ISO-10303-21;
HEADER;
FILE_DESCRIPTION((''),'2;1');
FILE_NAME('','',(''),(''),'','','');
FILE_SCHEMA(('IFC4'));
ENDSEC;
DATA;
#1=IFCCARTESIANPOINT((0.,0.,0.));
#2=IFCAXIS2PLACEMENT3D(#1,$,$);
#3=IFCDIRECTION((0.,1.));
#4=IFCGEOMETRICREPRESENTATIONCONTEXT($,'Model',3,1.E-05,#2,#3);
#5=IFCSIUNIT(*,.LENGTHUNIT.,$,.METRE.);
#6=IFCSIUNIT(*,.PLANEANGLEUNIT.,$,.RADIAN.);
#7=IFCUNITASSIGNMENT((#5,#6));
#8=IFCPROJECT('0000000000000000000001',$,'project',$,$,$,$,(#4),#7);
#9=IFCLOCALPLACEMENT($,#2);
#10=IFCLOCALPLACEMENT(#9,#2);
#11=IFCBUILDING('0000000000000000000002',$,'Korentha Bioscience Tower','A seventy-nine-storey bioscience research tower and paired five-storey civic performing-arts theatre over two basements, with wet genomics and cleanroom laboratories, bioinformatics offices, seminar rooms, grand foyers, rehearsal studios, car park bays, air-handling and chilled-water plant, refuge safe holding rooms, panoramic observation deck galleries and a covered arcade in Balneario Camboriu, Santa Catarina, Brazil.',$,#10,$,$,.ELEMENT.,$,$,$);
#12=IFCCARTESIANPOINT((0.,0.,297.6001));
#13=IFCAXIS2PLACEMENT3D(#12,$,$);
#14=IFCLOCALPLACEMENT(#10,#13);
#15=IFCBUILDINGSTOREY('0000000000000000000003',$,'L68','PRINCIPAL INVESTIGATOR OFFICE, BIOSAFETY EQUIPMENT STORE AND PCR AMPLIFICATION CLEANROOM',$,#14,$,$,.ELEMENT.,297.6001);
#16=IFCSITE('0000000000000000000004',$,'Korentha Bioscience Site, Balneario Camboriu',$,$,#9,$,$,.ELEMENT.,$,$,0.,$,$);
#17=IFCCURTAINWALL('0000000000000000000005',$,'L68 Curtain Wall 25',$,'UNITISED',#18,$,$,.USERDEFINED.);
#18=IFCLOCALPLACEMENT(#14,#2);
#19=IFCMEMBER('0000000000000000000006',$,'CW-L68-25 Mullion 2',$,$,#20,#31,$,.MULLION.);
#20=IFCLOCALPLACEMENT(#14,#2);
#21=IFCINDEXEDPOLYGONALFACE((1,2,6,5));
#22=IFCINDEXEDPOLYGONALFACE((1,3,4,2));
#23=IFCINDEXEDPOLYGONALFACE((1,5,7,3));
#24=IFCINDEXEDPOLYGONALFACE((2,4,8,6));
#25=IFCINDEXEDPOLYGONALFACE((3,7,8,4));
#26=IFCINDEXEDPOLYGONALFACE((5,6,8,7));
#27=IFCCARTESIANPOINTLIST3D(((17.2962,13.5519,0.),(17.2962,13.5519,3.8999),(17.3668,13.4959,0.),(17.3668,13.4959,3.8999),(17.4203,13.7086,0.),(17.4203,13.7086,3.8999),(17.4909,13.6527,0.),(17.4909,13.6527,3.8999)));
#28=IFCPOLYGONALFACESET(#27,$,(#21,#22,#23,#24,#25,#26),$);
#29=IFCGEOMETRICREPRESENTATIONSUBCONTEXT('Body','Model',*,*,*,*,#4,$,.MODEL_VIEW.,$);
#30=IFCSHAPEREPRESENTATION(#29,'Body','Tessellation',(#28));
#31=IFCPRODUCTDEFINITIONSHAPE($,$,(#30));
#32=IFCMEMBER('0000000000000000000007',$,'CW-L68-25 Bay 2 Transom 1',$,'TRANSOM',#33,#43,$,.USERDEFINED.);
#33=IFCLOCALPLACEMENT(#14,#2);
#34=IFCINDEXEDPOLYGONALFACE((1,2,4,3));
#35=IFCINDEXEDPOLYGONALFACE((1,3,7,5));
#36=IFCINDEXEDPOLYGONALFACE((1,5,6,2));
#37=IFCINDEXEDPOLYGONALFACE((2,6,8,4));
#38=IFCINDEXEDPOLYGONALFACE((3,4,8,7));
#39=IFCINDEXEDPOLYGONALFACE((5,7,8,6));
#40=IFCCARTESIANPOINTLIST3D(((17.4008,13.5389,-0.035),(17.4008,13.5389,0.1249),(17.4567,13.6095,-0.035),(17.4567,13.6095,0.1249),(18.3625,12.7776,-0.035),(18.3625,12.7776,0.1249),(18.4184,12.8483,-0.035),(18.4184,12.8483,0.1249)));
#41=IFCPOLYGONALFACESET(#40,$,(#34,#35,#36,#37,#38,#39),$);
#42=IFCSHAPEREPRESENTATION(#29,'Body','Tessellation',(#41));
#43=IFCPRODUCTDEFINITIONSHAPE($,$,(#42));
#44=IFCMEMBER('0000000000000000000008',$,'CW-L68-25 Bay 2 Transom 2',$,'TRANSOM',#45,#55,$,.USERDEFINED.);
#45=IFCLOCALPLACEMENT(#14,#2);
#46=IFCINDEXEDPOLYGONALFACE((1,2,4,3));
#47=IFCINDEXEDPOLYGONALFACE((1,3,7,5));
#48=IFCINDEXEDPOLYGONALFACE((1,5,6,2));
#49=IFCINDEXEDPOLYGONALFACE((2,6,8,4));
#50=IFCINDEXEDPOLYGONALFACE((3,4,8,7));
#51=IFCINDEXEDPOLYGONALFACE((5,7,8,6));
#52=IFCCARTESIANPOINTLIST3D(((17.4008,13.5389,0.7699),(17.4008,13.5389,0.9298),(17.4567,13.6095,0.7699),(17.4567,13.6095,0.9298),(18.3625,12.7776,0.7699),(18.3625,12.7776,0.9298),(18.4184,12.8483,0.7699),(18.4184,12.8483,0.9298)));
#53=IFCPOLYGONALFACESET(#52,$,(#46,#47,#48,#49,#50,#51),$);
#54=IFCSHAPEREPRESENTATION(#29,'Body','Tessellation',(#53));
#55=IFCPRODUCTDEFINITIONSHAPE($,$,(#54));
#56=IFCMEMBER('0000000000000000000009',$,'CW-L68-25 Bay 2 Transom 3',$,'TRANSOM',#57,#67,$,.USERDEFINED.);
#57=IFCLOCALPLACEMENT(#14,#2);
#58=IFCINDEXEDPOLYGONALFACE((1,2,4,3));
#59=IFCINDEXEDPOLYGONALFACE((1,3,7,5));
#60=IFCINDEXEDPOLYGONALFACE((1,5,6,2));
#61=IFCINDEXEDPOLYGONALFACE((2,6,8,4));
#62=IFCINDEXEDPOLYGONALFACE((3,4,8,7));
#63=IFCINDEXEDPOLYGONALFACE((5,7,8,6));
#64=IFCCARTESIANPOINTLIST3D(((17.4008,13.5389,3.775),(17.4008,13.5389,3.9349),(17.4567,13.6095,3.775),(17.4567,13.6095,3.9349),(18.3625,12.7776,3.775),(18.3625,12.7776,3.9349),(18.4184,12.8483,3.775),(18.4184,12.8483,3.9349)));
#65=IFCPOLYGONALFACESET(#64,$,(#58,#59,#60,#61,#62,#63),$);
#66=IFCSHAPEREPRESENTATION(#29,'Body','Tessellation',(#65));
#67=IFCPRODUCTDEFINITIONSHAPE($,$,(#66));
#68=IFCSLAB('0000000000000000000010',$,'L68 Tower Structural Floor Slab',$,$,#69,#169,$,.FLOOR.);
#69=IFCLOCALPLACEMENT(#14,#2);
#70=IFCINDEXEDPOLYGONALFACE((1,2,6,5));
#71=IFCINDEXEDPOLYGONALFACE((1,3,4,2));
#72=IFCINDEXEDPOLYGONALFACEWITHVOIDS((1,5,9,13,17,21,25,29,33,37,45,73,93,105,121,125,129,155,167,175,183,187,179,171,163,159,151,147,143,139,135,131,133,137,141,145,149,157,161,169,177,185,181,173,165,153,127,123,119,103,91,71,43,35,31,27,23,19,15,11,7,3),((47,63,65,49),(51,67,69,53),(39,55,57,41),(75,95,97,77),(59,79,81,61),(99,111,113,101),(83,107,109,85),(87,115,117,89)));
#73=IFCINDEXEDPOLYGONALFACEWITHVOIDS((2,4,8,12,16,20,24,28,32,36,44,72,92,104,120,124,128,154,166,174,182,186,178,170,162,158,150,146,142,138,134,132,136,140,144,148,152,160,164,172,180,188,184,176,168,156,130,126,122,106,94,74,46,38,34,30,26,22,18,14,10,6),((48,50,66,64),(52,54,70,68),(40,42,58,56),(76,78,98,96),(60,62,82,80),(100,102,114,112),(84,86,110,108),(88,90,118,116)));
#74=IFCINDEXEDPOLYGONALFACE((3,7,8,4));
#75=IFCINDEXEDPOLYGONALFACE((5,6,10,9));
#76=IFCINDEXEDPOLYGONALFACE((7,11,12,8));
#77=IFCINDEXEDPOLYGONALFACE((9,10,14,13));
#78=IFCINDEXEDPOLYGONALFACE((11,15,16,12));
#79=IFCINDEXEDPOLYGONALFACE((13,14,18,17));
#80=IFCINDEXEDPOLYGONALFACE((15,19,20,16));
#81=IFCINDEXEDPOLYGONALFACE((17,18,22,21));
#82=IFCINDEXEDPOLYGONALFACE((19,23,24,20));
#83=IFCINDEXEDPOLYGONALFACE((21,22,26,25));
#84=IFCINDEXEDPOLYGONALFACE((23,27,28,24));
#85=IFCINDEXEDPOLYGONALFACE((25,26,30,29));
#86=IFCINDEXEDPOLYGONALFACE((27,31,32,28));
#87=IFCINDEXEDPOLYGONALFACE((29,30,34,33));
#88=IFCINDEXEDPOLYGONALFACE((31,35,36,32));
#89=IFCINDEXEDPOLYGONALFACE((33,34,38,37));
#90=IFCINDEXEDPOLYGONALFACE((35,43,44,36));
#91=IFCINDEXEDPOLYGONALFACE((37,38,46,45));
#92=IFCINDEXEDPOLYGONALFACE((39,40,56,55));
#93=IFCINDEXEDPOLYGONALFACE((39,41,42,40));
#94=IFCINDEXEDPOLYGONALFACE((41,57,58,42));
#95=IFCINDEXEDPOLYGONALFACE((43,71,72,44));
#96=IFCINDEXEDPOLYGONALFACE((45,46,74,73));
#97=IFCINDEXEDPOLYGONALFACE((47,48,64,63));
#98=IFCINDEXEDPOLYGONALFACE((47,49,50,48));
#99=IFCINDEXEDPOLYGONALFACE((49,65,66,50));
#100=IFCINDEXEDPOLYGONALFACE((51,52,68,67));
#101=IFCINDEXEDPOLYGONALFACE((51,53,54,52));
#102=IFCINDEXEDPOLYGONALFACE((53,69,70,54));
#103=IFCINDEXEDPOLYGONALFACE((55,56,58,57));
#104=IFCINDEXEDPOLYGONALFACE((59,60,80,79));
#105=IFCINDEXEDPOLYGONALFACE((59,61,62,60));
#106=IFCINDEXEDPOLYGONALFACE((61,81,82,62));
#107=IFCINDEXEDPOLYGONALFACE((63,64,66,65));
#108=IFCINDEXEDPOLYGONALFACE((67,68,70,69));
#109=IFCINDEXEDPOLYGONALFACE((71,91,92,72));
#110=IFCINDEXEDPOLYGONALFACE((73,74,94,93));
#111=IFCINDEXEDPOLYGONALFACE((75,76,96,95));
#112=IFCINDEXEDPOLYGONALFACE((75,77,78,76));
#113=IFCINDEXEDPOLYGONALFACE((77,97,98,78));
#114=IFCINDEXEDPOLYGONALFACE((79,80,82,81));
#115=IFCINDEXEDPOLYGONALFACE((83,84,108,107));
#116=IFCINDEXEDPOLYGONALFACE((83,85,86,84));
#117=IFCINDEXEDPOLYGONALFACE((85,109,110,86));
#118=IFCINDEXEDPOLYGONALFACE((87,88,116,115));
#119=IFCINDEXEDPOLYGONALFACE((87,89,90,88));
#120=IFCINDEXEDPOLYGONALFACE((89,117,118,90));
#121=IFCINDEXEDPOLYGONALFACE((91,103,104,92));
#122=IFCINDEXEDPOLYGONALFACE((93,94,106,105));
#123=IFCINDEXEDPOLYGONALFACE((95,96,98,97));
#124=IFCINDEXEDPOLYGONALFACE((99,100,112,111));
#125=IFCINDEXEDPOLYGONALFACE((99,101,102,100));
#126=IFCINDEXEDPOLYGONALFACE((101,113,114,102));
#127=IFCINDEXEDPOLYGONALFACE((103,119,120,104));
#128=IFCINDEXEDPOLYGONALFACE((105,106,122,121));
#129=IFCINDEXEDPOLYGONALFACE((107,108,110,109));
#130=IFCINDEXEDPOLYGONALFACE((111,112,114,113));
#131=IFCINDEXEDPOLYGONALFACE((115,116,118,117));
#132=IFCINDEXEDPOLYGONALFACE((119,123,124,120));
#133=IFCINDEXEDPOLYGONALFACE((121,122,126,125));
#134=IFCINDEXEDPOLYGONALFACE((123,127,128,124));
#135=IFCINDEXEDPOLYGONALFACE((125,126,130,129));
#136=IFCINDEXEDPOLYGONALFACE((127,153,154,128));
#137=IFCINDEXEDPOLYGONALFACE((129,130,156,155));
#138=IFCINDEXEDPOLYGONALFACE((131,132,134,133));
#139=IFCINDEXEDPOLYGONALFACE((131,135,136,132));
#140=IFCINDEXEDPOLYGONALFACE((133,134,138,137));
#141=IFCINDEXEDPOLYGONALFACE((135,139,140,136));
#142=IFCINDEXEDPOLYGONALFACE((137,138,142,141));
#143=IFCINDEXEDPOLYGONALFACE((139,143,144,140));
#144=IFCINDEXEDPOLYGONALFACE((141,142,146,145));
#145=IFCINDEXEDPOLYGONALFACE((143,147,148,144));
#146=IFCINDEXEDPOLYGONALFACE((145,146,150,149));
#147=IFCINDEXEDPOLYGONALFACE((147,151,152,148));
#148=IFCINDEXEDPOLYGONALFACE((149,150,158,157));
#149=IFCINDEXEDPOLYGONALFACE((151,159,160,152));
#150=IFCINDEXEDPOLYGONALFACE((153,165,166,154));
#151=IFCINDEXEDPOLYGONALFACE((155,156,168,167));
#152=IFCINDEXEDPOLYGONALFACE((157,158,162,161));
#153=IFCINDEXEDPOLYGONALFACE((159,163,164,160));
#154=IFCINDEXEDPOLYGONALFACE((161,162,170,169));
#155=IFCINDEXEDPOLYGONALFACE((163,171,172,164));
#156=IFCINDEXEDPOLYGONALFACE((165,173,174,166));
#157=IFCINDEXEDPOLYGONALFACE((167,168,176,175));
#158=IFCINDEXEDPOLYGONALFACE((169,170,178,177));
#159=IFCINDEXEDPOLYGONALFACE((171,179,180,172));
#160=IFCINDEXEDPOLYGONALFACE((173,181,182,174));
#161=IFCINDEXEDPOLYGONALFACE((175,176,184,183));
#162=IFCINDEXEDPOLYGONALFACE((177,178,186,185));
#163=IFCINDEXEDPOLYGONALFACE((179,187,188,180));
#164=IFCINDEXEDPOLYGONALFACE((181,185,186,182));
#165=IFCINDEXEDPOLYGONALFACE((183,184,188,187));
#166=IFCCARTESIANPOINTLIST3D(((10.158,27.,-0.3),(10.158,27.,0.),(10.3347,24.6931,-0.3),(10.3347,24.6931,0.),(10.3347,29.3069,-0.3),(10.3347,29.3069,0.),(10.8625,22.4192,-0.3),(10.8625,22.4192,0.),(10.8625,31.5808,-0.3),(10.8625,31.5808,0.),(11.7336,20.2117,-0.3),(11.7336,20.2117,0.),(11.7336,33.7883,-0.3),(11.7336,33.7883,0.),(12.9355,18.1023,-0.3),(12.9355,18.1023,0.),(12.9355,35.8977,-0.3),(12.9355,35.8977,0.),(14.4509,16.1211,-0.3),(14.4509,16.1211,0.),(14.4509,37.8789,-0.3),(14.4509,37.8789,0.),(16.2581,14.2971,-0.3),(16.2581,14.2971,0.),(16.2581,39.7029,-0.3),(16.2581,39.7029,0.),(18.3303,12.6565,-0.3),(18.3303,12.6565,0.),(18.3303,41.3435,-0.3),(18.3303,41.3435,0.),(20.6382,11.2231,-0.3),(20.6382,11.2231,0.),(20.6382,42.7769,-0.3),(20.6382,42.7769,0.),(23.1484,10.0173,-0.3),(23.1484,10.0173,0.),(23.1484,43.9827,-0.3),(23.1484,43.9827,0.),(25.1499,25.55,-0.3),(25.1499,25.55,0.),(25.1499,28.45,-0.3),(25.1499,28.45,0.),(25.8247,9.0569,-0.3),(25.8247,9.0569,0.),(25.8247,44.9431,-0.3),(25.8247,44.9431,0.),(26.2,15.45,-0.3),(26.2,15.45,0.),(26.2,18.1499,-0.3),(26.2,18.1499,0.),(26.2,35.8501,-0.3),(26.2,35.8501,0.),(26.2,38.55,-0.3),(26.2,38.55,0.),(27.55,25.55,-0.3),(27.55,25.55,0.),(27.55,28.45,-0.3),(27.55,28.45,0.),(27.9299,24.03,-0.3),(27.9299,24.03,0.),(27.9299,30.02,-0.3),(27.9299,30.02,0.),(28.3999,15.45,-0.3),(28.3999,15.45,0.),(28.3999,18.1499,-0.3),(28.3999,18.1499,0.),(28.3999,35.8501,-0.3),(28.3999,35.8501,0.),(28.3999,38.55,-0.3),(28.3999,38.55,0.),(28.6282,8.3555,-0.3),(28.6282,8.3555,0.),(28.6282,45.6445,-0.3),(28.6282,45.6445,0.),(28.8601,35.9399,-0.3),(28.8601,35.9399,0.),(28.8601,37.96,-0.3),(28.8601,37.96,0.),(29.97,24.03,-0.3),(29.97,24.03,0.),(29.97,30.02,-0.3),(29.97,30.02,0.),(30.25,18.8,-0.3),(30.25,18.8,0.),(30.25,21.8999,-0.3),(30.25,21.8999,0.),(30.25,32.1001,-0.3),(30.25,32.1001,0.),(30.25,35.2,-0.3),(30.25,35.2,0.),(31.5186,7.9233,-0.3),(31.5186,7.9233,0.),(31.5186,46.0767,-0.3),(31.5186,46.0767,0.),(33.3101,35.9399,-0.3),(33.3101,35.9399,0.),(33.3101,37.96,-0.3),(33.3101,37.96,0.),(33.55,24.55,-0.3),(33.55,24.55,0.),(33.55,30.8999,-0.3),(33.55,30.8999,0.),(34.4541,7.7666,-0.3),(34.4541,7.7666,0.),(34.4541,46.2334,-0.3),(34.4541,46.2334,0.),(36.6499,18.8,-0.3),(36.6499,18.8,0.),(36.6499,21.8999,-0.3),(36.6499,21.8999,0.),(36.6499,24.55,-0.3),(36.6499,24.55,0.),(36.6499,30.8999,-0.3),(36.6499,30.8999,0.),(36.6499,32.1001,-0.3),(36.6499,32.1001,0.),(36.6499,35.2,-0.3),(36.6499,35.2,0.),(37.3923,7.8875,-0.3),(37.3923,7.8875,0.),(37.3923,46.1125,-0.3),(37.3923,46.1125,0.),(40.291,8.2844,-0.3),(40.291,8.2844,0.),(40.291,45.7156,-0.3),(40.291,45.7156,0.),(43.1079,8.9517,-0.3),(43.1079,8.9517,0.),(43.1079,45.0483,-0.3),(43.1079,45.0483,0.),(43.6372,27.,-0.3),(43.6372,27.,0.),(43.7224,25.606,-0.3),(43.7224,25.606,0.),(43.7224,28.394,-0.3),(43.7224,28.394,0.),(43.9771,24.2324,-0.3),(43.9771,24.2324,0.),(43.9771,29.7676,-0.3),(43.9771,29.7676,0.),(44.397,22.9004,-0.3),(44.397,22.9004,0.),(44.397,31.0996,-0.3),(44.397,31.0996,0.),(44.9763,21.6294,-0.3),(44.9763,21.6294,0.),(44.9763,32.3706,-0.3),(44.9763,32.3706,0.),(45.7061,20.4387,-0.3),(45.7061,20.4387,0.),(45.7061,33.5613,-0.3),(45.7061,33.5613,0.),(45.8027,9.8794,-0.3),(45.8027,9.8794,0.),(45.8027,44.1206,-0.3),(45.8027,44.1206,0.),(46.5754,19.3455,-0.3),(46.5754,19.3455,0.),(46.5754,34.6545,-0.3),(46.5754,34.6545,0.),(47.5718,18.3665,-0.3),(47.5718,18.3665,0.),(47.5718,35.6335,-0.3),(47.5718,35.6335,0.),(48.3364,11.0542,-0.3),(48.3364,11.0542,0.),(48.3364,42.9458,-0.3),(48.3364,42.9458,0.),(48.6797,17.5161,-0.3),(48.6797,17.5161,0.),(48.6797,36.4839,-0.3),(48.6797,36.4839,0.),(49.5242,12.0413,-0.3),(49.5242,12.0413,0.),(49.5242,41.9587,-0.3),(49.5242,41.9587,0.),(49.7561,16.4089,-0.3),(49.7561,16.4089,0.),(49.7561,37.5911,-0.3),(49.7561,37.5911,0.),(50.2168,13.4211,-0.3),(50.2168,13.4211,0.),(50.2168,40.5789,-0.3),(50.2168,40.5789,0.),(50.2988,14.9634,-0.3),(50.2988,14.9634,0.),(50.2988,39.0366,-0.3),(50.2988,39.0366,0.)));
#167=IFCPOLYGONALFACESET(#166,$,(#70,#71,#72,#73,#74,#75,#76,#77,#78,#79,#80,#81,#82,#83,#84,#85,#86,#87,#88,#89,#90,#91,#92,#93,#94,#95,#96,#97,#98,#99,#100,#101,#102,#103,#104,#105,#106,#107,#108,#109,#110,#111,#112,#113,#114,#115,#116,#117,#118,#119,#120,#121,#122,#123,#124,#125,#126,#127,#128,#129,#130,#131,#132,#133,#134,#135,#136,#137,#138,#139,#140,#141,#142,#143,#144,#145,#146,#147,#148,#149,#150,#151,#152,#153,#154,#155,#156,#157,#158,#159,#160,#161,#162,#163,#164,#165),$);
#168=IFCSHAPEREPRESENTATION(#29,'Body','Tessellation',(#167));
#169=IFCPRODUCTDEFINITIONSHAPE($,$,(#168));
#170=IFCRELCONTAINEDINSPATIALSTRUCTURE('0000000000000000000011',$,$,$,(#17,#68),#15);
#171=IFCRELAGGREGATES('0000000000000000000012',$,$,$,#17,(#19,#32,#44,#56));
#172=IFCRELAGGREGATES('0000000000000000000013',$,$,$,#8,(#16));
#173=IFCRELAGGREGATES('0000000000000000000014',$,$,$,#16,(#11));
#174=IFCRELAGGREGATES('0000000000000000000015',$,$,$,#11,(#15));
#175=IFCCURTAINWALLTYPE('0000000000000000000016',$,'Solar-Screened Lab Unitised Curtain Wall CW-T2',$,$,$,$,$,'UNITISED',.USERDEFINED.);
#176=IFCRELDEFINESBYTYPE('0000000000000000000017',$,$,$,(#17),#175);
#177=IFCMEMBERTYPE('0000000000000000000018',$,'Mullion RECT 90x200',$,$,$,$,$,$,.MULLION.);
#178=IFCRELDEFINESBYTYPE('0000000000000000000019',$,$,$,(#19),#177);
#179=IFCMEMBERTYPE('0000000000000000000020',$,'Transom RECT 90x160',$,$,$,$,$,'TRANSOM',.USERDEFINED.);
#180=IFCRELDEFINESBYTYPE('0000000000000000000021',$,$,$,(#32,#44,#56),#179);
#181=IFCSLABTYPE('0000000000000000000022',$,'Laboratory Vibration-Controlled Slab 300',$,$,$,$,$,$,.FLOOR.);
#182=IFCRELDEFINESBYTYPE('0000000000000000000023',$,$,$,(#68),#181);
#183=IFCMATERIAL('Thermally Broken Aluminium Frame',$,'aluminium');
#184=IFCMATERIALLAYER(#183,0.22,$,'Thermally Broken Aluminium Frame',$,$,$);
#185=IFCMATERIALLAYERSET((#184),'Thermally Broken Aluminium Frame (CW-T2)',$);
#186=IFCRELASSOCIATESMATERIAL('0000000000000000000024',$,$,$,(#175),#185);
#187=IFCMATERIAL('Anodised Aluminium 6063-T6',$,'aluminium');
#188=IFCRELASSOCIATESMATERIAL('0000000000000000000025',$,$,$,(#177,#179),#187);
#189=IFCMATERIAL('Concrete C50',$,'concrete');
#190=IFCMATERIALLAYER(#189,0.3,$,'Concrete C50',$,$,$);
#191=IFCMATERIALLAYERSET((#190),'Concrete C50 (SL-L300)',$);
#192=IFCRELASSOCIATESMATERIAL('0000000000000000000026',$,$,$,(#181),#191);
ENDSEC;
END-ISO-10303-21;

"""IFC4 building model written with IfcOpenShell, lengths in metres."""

from ifc_helpers import new_model, si_unit, direction, frame, origin, origin_2d, place, context, subcontext, project, spatial, polyline, rectangle, outline, extrude, material, layer, layer_set, material_profile, profile_set, type_object, element, aggregate, save


model = new_model("IFC4")

# Units and contexts
model_context = context("Model", 3, precision=1e-05, world=origin(), true_north=direction((0.0, 1.0)))
body_context = subcontext(model_context, "Body", "Model", "MODEL_VIEW")
ifc_project = project(units=[si_unit("LENGTHUNIT", "METRE"), si_unit("PLANEANGLEUNIT", "RADIAN")], contexts=[model_context])

# Site, building, storey
site_placement = place(None, origin())
site = spatial("IfcSite", under=ifc_project, at=site_placement, Name="Korentha Bioscience Site, Balneario Camboriu", CompositionType="ELEMENT", RefElevation=0.0)
building_placement = place(site_placement, origin())
building = spatial("IfcBuilding", under=site, at=building_placement, Name="Korentha Bioscience Tower", Description="A seventy-nine-storey bioscience research tower and paired five-storey civic performing-arts theatre over two basements, with wet genomics and cleanroom laboratories, bioinformatics offices, seminar rooms, grand foyers, rehearsal studios, car park bays, air-handling and chilled-water plant, refuge safe holding rooms, panoramic observation deck galleries and a covered arcade in Balneario Camboriu, Santa Catarina, Brazil.", CompositionType="ELEMENT")
storey_placement = place(building_placement, frame((0.0, 0.0, 297.6001)))
storey = spatial("IfcBuildingStorey", under=building, at=storey_placement, Name="L68", Description="PRINCIPAL INVESTIGATOR OFFICE, BIOSAFETY EQUIPMENT STORE AND PCR AMPLIFICATION CLEANROOM", CompositionType="ELEMENT", Elevation=297.6001)

# Curtain wall, members
ifc_material_1 = material(Name="Thermally Broken Aluminium Frame", Category="aluminium")
ifc_layer_1 = layer(ifc_material_1, 0.22, Name="Thermally Broken Aluminium Frame")
ifc_layer_set_1 = layer_set([ifc_layer_1], Name="Thermally Broken Aluminium Frame (CW-T2)")
curtain_wall_type = type_object("IfcCurtainWallType", Name="Solar-Screened Lab Unitised Curtain Wall CW-T2", ElementType="UNITISED", PredefinedType="USERDEFINED", material=ifc_layer_set_1)
curtain_wall_placement = place(storey_placement, origin())
curtain_wall = element("IfcCurtainWall", 1, at=curtain_wall_placement, inside=storey, type_object=curtain_wall_type, Name="L68 Curtain Wall 25", ObjectType="UNITISED", PredefinedType="USERDEFINED")
ifc_material_2 = material(Name="Anodised Aluminium 6063-T6", Category="aluminium")
ifc_material_profile_1 = material_profile(ifc_material_2, rectangle(XDim=0.0901, YDim=0.2, at=origin_2d()), Name="Anodised Aluminium 6063-T6")
ifc_profile_set_1 = profile_set([ifc_material_profile_1], Name="Anodised Aluminium 6063-T6 (CW-MUL)")
member_type_1 = type_object("IfcMemberType", Name="Mullion RECT 90x200", PredefinedType="MULLION", material=ifc_profile_set_1)
member_1_placement = place(storey_placement, frame((17.3936, 13.6023, 0.0), z_axis=(0.0, 0.0, 1.0), x_axis=(0.784076, -0.620665, 0.0)))
member_1 = element("IfcMember", 2, at=member_1_placement, type_object=member_type_1, Name="CW-L68-25 Mullion 2", PredefinedType="MULLION", context=body_context, shape_type="SweptSolid", body=[
    extrude(rectangle(XDim=0.0901, YDim=0.2, at=origin_2d()), origin(), (0.0, 0.0, 1.0), 3.8999),
])
ifc_material_profile_2 = material_profile(ifc_material_2, rectangle(XDim=0.0901, YDim=0.1599, at=origin_2d()), Name="Anodised Aluminium 6063-T6")
ifc_profile_set_2 = profile_set([ifc_material_profile_2], Name="Anodised Aluminium 6063-T6 (CW-TRN)")
member_type_2 = type_object("IfcMemberType", Name="Transom RECT 90x160", ElementType="TRANSOM", PredefinedType="USERDEFINED", material=ifc_profile_set_2)
member_2_placement = place(storey_placement, frame((17.4287, 13.5742, 0.0449), z_axis=(0.784082, -0.620657, 0.0), x_axis=(0.620657, 0.784082, 0.0)))
member_2 = element("IfcMember", 3, at=member_2_placement, type_object=member_type_2, Name="CW-L68-25 Bay 2 Transom 1", ObjectType="TRANSOM", PredefinedType="USERDEFINED", context=body_context, shape_type="SweptSolid", body=[
    extrude(rectangle(XDim=0.0901, YDim=0.1599, at=origin_2d()), origin(), (0.0, 0.0, 1.0), 1.2266),
])
member_3_placement = place(storey_placement, frame((17.4287, 13.5742, 0.8499), z_axis=(0.784082, -0.620657, 0.0), x_axis=(0.620657, 0.784082, 0.0)))
member_3 = element("IfcMember", 4, at=member_3_placement, type_object=member_type_2, Name="CW-L68-25 Bay 2 Transom 2", ObjectType="TRANSOM", PredefinedType="USERDEFINED", context=body_context, shape_type="SweptSolid", body=[
    extrude(rectangle(XDim=0.0901, YDim=0.1599, at=origin_2d()), origin(), (0.0, 0.0, 1.0), 1.2266),
])
member_4_placement = place(storey_placement, frame((17.4287, 13.5742, 3.855), z_axis=(0.784082, -0.620657, 0.0), x_axis=(0.620657, 0.784082, 0.0)))
member_4 = element("IfcMember", 5, at=member_4_placement, type_object=member_type_2, Name="CW-L68-25 Bay 2 Transom 3", ObjectType="TRANSOM", PredefinedType="USERDEFINED", context=body_context, shape_type="SweptSolid", body=[
    extrude(rectangle(XDim=0.0901, YDim=0.1599, at=origin_2d()), origin(), (0.0, 0.0, 1.0), 1.2266),
])
aggregate(curtain_wall, [member_1, member_2, member_3, member_4])

# Slab
ifc_material_3 = material(Name="Concrete C50", Category="concrete")
ifc_layer_2 = layer(ifc_material_3, 0.3, Name="Concrete C50")
ifc_layer_set_2 = layer_set([ifc_layer_2], Name="Concrete C50 (SL-L300)")
slab_type_1 = type_object("IfcSlabType", Name="Laboratory Vibration-Controlled Slab 300", PredefinedType="FLOOR", material=ifc_layer_set_2)
slab_1_placement = place(storey_placement, frame((0.0, 0.0, -0.3)))
element("IfcSlab", 6, at=slab_1_placement, inside=storey, type_object=slab_type_1, Name="L68 Tower Structural Floor Slab", PredefinedType="FLOOR", context=body_context, shape_type="SweptSolid", body=[
    extrude(outline(polyline([(48.3364, 42.9458), (45.8027, 44.1206), (43.1079, 45.0483), (40.291, 45.7156), (37.3923, 46.1125), (34.4541, 46.2334), (31.5186, 46.0767), (28.6282, 45.6445), (25.8247, 44.9431), (23.1484, 43.9827), (20.6382, 42.7769), (18.3303, 41.3435), (16.2581, 39.7029), (14.4509, 37.8789), (12.9355, 35.8977), (11.7336, 33.7883), (10.8625, 31.5808), (10.3347, 29.3069), (10.158, 27.0), (10.3347, 24.6931), (10.8625, 22.4192), (11.7336, 20.2117), (12.9355, 18.1023), (14.4509, 16.1211), (16.2581, 14.2971), (18.3303, 12.6565), (20.6382, 11.2231), (23.1484, 10.0173), (25.8247, 9.0569), (28.6282, 8.3555), (31.5186, 7.9233), (34.4541, 7.7666), (37.3923, 7.8875), (40.291, 8.2844), (43.1079, 8.9517), (45.8027, 9.8794), (48.3364, 11.0542), (49.5242, 12.0413), (50.2168, 13.4211), (50.2988, 14.9634), (49.7561, 16.4089), (48.6797, 17.5161), (47.5718, 18.3665), (46.5754, 19.3455), (45.7061, 20.4387), (44.9763, 21.6294), (44.397, 22.9004), (43.9771, 24.2324), (43.7224, 25.606), (43.6372, 27.0), (43.7224, 28.394), (43.9771, 29.7676), (44.397, 31.0996), (44.9763, 32.3706), (45.7061, 33.5613), (46.5754, 34.6545), (47.5718, 35.6335), (48.6797, 36.4839), (49.7561, 37.5911), (50.2988, 39.0366), (50.2168, 40.5789), (49.5242, 41.9587), (48.3364, 42.9458)]), holes=[polyline([(30.25, 32.1001), (36.6499, 32.1001), (36.6499, 35.2), (30.25, 35.2), (30.25, 32.1001)]), polyline([(30.25, 18.8), (36.6499, 18.8), (36.6499, 21.8999), (30.25, 21.8999), (30.25, 18.8)]), polyline([(36.6499, 24.55), (36.6499, 30.8999), (33.55, 30.8999), (33.55, 24.55), (36.6499, 24.55)]), polyline([(27.9299, 24.03), (29.97, 24.03), (29.97, 30.02), (27.9299, 30.02), (27.9299, 24.03)]), polyline([(28.8601, 35.9399), (33.3101, 35.9399), (33.3101, 37.96), (28.8601, 37.96), (28.8601, 35.9399)]), polyline([(26.2, 15.45), (28.3999, 15.45), (28.3999, 18.1499), (26.2, 18.1499), (26.2, 15.45)]), polyline([(26.2, 35.8501), (28.3999, 35.8501), (28.3999, 38.55), (26.2, 38.55), (26.2, 35.8501)]), polyline([(25.1499, 25.55), (27.55, 25.55), (27.55, 28.45), (25.1499, 28.45), (25.1499, 25.55)])]), origin(), (0.0, 0.0, 1.0), 0.3),
])

save(model, "model.ifc")
